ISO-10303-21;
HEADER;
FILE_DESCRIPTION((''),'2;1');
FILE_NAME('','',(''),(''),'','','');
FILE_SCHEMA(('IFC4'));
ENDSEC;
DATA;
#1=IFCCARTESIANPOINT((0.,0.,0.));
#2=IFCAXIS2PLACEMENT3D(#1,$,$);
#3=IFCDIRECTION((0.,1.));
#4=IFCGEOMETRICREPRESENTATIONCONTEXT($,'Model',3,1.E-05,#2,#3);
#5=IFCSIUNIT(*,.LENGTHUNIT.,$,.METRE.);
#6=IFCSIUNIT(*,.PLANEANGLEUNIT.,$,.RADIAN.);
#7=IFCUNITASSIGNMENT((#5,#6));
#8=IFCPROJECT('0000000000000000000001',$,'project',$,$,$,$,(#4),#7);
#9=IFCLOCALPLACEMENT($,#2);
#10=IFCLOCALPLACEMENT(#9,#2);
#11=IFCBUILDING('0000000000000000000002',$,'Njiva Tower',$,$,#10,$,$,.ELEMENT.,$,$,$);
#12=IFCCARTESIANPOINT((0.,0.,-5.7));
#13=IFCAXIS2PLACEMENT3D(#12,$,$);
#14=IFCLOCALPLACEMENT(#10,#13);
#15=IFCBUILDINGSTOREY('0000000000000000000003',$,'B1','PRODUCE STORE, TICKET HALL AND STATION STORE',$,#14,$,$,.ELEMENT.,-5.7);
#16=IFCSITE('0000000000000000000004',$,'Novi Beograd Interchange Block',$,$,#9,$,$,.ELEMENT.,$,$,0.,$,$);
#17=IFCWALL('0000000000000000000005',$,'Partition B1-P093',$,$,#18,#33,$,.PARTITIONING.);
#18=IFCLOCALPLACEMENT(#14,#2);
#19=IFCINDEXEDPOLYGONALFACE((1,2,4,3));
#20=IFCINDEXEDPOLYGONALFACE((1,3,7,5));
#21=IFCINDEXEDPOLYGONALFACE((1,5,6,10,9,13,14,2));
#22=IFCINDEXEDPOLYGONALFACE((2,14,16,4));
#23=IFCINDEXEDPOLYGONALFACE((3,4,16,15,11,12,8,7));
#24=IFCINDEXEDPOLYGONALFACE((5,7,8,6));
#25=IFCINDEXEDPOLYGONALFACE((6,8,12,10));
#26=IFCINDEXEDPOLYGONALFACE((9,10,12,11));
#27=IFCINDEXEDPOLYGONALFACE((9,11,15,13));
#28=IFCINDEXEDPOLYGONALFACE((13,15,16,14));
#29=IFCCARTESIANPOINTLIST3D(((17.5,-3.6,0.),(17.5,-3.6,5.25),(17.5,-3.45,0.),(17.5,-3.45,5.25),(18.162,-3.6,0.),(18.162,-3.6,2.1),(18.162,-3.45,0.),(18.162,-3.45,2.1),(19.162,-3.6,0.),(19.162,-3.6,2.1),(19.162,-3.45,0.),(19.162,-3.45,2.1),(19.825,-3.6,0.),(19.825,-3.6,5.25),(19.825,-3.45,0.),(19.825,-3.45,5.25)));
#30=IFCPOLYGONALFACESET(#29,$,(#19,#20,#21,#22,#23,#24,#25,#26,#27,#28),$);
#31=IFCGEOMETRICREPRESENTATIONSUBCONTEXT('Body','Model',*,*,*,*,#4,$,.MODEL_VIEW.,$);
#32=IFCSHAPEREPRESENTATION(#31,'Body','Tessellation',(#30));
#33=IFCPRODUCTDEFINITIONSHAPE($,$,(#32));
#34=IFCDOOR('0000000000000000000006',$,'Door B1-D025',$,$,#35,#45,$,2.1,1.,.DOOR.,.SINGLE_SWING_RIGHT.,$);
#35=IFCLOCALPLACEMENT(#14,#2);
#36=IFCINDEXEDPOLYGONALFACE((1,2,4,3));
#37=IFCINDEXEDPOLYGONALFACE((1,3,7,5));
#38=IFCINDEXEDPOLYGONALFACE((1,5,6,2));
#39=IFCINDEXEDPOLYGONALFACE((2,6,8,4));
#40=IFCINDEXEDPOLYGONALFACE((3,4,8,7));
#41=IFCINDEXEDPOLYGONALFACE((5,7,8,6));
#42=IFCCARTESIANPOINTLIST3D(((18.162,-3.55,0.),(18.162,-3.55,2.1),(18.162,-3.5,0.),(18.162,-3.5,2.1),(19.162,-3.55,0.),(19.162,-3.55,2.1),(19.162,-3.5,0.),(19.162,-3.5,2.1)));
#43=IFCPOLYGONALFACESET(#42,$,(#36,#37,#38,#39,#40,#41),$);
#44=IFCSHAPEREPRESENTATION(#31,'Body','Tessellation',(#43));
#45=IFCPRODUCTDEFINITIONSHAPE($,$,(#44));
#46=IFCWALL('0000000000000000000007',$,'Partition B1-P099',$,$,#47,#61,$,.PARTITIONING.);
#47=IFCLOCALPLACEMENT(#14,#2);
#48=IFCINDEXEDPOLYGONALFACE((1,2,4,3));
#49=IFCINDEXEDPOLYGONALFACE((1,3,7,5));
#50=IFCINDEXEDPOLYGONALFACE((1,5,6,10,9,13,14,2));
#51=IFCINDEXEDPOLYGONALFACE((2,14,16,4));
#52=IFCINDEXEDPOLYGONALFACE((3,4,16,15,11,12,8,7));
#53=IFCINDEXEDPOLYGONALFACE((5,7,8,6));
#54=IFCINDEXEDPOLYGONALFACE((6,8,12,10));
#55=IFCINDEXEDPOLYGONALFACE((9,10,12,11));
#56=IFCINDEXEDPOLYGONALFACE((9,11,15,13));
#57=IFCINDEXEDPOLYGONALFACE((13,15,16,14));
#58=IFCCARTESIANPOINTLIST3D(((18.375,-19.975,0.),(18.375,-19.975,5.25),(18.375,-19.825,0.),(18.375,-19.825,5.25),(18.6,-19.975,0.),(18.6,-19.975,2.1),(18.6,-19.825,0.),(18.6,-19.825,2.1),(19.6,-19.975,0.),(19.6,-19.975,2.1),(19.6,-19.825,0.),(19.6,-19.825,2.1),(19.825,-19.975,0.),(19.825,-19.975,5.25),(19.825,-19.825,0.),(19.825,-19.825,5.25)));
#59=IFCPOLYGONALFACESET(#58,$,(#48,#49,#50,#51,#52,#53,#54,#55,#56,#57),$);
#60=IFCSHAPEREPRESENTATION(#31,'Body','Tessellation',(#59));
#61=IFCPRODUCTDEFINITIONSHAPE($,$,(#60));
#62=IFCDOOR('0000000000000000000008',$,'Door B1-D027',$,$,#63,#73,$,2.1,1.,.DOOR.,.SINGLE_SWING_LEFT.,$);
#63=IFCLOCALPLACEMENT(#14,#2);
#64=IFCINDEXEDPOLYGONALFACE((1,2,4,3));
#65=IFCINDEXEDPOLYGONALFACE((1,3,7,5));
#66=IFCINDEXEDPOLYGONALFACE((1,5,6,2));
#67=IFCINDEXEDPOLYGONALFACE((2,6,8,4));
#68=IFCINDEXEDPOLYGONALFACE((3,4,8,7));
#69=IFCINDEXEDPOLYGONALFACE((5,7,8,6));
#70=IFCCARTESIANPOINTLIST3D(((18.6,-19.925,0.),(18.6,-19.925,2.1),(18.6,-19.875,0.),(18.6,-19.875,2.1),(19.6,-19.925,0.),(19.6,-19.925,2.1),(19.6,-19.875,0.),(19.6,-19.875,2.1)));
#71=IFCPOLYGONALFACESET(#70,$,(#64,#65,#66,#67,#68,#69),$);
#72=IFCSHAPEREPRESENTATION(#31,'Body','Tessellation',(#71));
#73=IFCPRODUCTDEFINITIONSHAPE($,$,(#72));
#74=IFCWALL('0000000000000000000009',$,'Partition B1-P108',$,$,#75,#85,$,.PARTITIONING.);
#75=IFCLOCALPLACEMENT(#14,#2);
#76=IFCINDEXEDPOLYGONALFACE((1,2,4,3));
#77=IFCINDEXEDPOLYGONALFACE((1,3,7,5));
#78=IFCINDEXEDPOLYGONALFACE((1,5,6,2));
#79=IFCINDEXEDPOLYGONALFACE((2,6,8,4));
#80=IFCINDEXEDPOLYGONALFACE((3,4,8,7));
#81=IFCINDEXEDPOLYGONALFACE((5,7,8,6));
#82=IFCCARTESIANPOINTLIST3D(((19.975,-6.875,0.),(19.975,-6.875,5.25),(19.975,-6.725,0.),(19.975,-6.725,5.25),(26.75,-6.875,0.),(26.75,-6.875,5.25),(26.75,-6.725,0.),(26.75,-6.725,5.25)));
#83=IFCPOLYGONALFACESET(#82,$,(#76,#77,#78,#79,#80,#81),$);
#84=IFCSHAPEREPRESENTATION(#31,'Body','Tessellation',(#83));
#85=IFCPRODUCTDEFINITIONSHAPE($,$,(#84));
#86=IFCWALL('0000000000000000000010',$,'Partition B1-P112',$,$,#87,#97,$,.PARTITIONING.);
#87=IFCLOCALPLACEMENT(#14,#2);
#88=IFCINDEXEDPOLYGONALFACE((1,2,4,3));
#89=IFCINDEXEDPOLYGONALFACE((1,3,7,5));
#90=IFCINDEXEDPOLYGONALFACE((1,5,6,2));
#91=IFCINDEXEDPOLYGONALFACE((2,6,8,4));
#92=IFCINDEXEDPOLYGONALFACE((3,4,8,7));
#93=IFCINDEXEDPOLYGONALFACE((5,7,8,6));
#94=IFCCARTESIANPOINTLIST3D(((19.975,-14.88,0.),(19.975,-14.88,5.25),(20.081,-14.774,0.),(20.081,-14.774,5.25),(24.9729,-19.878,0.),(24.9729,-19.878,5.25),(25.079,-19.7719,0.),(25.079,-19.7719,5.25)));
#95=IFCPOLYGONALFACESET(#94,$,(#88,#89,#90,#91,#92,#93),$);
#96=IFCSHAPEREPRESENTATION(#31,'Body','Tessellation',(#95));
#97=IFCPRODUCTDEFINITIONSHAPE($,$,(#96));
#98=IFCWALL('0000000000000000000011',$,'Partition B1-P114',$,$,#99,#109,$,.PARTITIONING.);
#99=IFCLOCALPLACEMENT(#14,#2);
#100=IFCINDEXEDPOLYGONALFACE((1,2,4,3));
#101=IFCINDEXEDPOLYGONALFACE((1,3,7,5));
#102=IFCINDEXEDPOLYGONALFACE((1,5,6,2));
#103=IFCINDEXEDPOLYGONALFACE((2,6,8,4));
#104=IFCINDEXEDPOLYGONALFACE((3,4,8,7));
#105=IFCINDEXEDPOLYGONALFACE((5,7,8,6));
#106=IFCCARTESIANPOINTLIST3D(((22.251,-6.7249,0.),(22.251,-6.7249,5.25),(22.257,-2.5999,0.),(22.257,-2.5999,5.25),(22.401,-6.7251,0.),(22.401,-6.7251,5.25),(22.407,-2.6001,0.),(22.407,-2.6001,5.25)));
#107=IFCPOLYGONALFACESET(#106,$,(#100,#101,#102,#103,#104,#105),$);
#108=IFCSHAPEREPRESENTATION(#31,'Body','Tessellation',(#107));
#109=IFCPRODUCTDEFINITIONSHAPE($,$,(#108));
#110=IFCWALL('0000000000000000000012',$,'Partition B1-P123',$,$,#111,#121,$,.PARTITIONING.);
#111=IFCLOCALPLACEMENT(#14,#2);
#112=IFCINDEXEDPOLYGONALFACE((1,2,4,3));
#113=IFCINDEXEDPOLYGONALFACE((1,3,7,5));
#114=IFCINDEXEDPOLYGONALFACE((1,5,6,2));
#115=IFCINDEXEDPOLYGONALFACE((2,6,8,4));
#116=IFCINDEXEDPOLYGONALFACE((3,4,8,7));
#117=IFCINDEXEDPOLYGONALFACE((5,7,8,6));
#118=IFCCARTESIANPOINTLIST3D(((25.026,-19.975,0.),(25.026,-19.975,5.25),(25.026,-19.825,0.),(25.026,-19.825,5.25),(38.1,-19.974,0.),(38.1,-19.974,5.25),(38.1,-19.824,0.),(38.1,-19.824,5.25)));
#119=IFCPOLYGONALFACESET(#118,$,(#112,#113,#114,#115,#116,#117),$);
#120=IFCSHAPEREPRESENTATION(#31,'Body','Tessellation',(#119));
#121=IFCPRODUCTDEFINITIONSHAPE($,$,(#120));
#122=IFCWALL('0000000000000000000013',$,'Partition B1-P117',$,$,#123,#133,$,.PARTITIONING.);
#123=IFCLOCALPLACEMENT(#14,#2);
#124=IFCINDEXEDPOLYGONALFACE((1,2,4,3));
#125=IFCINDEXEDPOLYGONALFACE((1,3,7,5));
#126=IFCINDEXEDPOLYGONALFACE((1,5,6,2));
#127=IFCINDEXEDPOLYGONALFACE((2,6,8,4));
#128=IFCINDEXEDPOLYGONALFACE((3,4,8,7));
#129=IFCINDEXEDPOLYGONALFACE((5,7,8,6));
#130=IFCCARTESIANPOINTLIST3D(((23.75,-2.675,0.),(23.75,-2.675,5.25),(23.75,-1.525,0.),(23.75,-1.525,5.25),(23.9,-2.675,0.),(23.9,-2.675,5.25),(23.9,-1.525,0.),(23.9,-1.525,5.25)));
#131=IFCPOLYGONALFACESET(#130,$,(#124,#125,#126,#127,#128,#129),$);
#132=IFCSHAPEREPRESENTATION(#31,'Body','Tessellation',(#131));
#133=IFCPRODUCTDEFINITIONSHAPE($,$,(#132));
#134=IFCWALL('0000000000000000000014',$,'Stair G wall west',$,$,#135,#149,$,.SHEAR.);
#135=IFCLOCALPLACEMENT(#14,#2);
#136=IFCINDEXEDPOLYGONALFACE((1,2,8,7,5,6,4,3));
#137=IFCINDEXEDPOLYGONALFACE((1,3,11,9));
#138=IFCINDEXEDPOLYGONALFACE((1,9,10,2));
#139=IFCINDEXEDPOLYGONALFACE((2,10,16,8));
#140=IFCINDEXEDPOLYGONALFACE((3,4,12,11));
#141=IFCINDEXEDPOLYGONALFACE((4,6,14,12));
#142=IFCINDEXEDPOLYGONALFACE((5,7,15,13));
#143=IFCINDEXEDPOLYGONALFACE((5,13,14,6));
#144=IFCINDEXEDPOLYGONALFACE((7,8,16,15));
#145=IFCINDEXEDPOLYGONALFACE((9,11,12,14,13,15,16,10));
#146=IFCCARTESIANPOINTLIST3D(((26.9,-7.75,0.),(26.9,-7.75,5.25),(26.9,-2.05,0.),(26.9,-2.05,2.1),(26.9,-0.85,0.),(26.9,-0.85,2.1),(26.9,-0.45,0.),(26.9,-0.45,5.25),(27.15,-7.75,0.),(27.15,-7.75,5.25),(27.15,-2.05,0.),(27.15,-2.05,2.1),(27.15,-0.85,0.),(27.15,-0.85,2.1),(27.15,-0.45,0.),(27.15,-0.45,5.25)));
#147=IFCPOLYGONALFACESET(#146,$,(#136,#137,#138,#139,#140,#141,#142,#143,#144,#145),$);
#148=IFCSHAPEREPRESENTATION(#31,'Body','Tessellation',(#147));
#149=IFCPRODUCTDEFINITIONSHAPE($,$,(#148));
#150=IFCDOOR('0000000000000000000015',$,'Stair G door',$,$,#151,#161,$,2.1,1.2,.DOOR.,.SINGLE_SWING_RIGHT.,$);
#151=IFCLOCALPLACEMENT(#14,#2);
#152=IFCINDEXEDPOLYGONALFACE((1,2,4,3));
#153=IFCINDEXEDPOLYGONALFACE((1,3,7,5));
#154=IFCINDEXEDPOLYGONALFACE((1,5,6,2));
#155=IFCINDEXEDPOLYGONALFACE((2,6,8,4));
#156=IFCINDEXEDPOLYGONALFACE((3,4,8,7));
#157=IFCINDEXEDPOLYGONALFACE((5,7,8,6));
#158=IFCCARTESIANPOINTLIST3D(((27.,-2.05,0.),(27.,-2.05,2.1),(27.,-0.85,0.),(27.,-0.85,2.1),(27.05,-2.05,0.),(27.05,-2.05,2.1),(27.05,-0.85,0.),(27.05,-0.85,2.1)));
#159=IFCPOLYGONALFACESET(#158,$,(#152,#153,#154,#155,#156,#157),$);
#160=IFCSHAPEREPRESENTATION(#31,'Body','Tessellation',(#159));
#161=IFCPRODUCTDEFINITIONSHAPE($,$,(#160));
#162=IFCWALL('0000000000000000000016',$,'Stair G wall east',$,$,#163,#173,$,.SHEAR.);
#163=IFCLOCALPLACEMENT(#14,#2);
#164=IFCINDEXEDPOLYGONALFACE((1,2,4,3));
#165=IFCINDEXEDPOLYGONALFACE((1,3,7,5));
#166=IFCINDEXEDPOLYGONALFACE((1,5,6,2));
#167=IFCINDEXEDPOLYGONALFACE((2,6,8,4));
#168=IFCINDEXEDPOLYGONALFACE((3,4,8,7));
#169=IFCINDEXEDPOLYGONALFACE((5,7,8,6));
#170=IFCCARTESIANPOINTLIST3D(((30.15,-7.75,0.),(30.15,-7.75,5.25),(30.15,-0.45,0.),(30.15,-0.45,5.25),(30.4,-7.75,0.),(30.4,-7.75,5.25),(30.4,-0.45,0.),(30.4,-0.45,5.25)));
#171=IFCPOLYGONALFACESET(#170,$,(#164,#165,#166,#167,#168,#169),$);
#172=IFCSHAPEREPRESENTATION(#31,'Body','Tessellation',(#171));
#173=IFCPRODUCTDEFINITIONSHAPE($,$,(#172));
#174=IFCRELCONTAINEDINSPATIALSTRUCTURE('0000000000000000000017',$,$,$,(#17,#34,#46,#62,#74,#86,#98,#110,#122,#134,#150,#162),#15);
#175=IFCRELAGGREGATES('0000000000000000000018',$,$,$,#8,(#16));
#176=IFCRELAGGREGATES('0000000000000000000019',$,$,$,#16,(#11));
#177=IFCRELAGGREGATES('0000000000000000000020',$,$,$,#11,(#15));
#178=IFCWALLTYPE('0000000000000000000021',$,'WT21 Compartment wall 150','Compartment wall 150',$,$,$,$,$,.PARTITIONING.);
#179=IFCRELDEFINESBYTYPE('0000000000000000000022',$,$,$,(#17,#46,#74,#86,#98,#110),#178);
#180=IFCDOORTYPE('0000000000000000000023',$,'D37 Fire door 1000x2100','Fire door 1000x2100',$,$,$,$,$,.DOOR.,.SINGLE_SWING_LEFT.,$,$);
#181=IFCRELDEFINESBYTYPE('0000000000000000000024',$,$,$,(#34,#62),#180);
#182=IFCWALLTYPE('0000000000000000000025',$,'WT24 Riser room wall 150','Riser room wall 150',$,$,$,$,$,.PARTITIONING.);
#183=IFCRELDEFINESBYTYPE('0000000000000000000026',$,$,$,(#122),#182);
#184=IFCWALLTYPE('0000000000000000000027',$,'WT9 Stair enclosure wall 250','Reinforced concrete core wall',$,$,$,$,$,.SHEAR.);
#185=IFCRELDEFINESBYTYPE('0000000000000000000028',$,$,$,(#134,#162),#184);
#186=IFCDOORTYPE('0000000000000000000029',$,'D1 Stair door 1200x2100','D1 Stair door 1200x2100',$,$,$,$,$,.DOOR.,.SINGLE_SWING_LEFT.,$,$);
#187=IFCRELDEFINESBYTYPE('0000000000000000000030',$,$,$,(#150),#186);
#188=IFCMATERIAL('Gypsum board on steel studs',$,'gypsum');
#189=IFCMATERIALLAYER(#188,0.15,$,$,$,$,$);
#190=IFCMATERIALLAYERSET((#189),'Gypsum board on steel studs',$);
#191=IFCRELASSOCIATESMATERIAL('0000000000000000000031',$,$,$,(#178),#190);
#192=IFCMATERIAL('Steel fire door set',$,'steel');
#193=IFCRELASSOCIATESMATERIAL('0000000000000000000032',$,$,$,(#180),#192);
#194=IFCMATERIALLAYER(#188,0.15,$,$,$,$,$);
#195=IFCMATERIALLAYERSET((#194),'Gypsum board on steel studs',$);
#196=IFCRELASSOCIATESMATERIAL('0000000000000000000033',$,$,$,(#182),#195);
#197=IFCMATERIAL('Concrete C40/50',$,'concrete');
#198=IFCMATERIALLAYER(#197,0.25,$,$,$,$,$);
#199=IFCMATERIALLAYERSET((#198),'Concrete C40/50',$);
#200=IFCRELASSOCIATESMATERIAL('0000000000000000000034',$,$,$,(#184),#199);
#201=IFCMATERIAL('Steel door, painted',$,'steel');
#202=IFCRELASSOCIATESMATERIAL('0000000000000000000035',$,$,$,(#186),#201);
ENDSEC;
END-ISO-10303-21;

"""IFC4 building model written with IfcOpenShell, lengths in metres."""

from ifc_helpers import new_model, si_unit, direction, frame, frame_2d, origin, place, context, subcontext, project, spatial, rectangle, extrude, material, layer, layer_set, type_object, element, fill, save


model = new_model("IFC4")

# Units and contexts
model_context = context("Model", 3, precision=1e-05, world=origin(), true_north=direction((0.0, 1.0)))
body_context = subcontext(model_context, "Body", "Model", "MODEL_VIEW")
ifc_project = project(units=[si_unit("LENGTHUNIT", "METRE"), si_unit("PLANEANGLEUNIT", "RADIAN")], contexts=[model_context])

# Site, building, storey
site_placement = place(None, origin())
site = spatial("IfcSite", under=ifc_project, at=site_placement, Name="Novi Beograd Interchange Block", CompositionType="ELEMENT", RefElevation=0.0)
building_placement = place(site_placement, origin())
building = spatial("IfcBuilding", under=site, at=building_placement, Name="Njiva Tower", CompositionType="ELEMENT")
storey_placement = place(building_placement, frame((0.0, 0.0, -5.7)))
storey = spatial("IfcBuildingStorey", under=building, at=storey_placement, Name="B1", Description="PRODUCE STORE, TICKET HALL AND STATION STORE", CompositionType="ELEMENT", Elevation=-5.7)

# Shared definitions
ifc_material_1 = material(Name="Gypsum board on steel studs", Category="gypsum")
ifc_layer_1 = layer(ifc_material_1, 0.15)
ifc_layer_set_1 = layer_set([ifc_layer_1], Name="Gypsum board on steel studs")
wall_type_1 = type_object("IfcWallType", Name="WT21 Compartment wall 150", Description="Compartment wall 150", PredefinedType="PARTITIONING", material=ifc_layer_set_1)

# Walls, openings, doors
ifc_material_2 = material(Name="Steel fire door set", Category="steel")
door_type_1 = type_object("IfcDoorType", Name="D37 Fire door 1000x2100", Description="Fire door 1000x2100", OperationType="SINGLE_SWING_LEFT", PredefinedType="DOOR", material=ifc_material_2)
wall_1_placement = place(storey_placement, frame((17.5, -3.525, 0.0), z_axis=(0.0, 0.0, 1.0), x_axis=(1.0, 0.0, 0.0)))
wall_1 = element("IfcWall", 1, at=wall_1_placement, inside=storey, type_object=wall_type_1, Name="Partition B1-P093", PredefinedType="PARTITIONING", context=body_context, shape_type="SweptSolid", body=[
    extrude(rectangle(XDim=2.325, YDim=0.15, at=frame_2d((1.1625, 0.0))), origin(), (0.0, 0.0, 1.0), 5.25),
])
opening_1_placement = place(wall_1_placement, frame((0.662, 0.0, 0.0)))
opening_1 = element("IfcOpeningElement", 2, at=opening_1_placement, cuts=wall_1, PredefinedType="OPENING", context=body_context, shape_type="SweptSolid", body=[
    extrude(rectangle(XDim=1.0, YDim=2.1, at=frame_2d((0.5, 1.05))), frame((0.0, 0.085, 0.0), z_axis=(0.0, -1.0, 0.0), x_axis=(1.0, 0.0, 0.0)), (0.0, 0.0, 1.0), 0.17),
])
door_1_placement = place(opening_1_placement, origin())
door_1 = element("IfcDoor", 3, at=door_1_placement, inside=storey, type_object=door_type_1, Name="Door B1-D025", OperationType="SINGLE_SWING_RIGHT", OverallHeight=2.1, OverallWidth=1.0, PredefinedType="DOOR", context=body_context, shape_type="SweptSolid", body=[
    extrude(rectangle(XDim=1.0, YDim=2.1, at=frame_2d((0.5, 1.05))), frame((0.0, 0.025, 0.0), z_axis=(0.0, -1.0, 0.0), x_axis=(1.0, 0.0, 0.0)), (0.0, 0.0, 1.0), 0.05),
])
fill(opening_1, door_1)
wall_2_placement = place(storey_placement, frame((18.375, -19.9, 0.0), z_axis=(0.0, 0.0, 1.0), x_axis=(1.0, 0.0, 0.0)))
wall_2 = element("IfcWall", 4, at=wall_2_placement, inside=storey, type_object=wall_type_1, Name="Partition B1-P099", PredefinedType="PARTITIONING", context=body_context, shape_type="SweptSolid", body=[
    extrude(rectangle(XDim=1.45, YDim=0.15, at=frame_2d((0.725, 0.0))), origin(), (0.0, 0.0, 1.0), 5.25),
])
opening_2_placement = place(wall_2_placement, frame((0.225, 0.0, 0.0)))
opening_2 = element("IfcOpeningElement", 5, at=opening_2_placement, cuts=wall_2, PredefinedType="OPENING", context=body_context, shape_type="SweptSolid", body=[
    extrude(rectangle(XDim=1.0, YDim=2.1, at=frame_2d((0.5, 1.05))), frame((0.0, 0.085, 0.0), z_axis=(0.0, -1.0, 0.0), x_axis=(1.0, 0.0, 0.0)), (0.0, 0.0, 1.0), 0.17),
])
door_2_placement = place(opening_2_placement, origin())
door_2 = element("IfcDoor", 6, at=door_2_placement, inside=storey, type_object=door_type_1, Name="Door B1-D027", OperationType="SINGLE_SWING_LEFT", OverallHeight=2.1, OverallWidth=1.0, PredefinedType="DOOR", context=body_context, shape_type="SweptSolid", body=[
    extrude(rectangle(XDim=1.0, YDim=2.1, at=frame_2d((0.5, 1.05))), frame((0.0, 0.025, 0.0), z_axis=(0.0, -1.0, 0.0), x_axis=(1.0, 0.0, 0.0)), (0.0, 0.0, 1.0), 0.05),
])
fill(opening_2, door_2)

# Walls
wall_3_placement = place(storey_placement, frame((19.975, -6.8, 0.0), z_axis=(0.0, 0.0, 1.0), x_axis=(1.0, 0.0, 0.0)))
element("IfcWall", 7, at=wall_3_placement, inside=storey, type_object=wall_type_1, Name="Partition B1-P108", PredefinedType="PARTITIONING", context=body_context, shape_type="SweptSolid", body=[
    extrude(rectangle(XDim=6.775, YDim=0.15, at=frame_2d((3.3875, 0.0))), origin(), (0.0, 0.0, 1.0), 5.25),
])
wall_4_placement = place(storey_placement, frame((20.028, -14.827, 0.0), z_axis=(0.0, 0.0, 1.0), x_axis=(0.707107, -0.707107, 0.0)))
element("IfcWall", 8, at=wall_4_placement, inside=storey, type_object=wall_type_1, Name="Partition B1-P112", PredefinedType="PARTITIONING", context=body_context, shape_type="SweptSolid", body=[
    extrude(rectangle(XDim=7.0682, YDim=0.15, at=frame_2d((3.5341, 0.0))), origin(), (0.0, 0.0, 1.0), 5.25),
])
wall_5_placement = place(storey_placement, frame((22.326, -6.725, 0.0), z_axis=(0.0, 0.0, 1.0), x_axis=(0.001455, 0.999999, 0.0)))
element("IfcWall", 9, at=wall_5_placement, inside=storey, type_object=wall_type_1, Name="Partition B1-P114", PredefinedType="PARTITIONING", context=body_context, shape_type="SweptSolid", body=[
    extrude(rectangle(XDim=4.125, YDim=0.15, at=frame_2d((2.0625, 0.0))), origin(), (0.0, 0.0, 1.0), 5.25),
])
wall_6_placement = place(storey_placement, frame((25.026, -19.9, 0.0), z_axis=(0.0, 0.0, 1.0), x_axis=(1.0, 0.000076, 0.0)))
element("IfcWall", 10, at=wall_6_placement, inside=storey, type_object=wall_type_1, Name="Partition B1-P123", PredefinedType="PARTITIONING", context=body_context, shape_type="SweptSolid", body=[
    extrude(rectangle(XDim=13.074, YDim=0.15, at=frame_2d((6.537, 0.0))), origin(), (0.0, 0.0, 1.0), 5.25),
])
ifc_layer_2 = layer(ifc_material_1, 0.15)
ifc_layer_set_2 = layer_set([ifc_layer_2], Name="Gypsum board on steel studs")
wall_type_2 = type_object("IfcWallType", Name="WT24 Riser room wall 150", Description="Riser room wall 150", PredefinedType="PARTITIONING", material=ifc_layer_set_2)
wall_7_placement = place(storey_placement, frame((23.825, -2.675, 0.0), z_axis=(0.0, 0.0, 1.0), x_axis=(0.0, 1.0, 0.0)))
element("IfcWall", 11, at=wall_7_placement, inside=storey, type_object=wall_type_2, Name="Partition B1-P117", PredefinedType="PARTITIONING", context=body_context, shape_type="SweptSolid", body=[
    extrude(rectangle(XDim=1.15, YDim=0.15, at=frame_2d((0.575, 0.0))), origin(), (0.0, 0.0, 1.0), 5.25),
])

# Wall, opening, door
ifc_material_3 = material(Name="Concrete C40/50", Category="concrete")
ifc_layer_3 = layer(ifc_material_3, 0.25)
ifc_layer_set_3 = layer_set([ifc_layer_3], Name="Concrete C40/50")
wall_type_3 = type_object("IfcWallType", Name="WT9 Stair enclosure wall 250", Description="Reinforced concrete core wall", PredefinedType="SHEAR", material=ifc_layer_set_3)
wall_8_placement = place(storey_placement, frame((27.025, -7.75, 0.0), z_axis=(0.0, 0.0, 1.0), x_axis=(0.0, 1.0, 0.0)))
wall_8 = element("IfcWall", 12, at=wall_8_placement, inside=storey, type_object=wall_type_3, Name="Stair G wall west", PredefinedType="SHEAR", context=body_context, shape_type="SweptSolid", body=[
    extrude(rectangle(XDim=7.3, YDim=0.25, at=frame_2d((3.65, 0.0))), origin(), (0.0, 0.0, 1.0), 5.25),
])
opening_3_placement = place(wall_8_placement, frame((5.7, 0.0, 0.0)))
opening_3 = element("IfcOpeningElement", 13, at=opening_3_placement, cuts=wall_8, PredefinedType="OPENING", context=body_context, shape_type="SweptSolid", body=[
    extrude(rectangle(XDim=1.2, YDim=2.1, at=frame_2d((0.6, 1.05))), frame((0.0, 0.135, 0.0), z_axis=(0.0, -1.0, 0.0), x_axis=(1.0, 0.0, 0.0)), (0.0, 0.0, 1.0), 0.27),
])
ifc_material_4 = material(Name="Steel door, painted", Category="steel")
door_type_2 = type_object("IfcDoorType", Name="D1 Stair door 1200x2100", Description="D1 Stair door 1200x2100", OperationType="SINGLE_SWING_LEFT", PredefinedType="DOOR", material=ifc_material_4)
door_3_placement = place(opening_3_placement, origin())
door_3 = element("IfcDoor", 14, at=door_3_placement, inside=storey, type_object=door_type_2, Name="Stair G door", OperationType="SINGLE_SWING_RIGHT", OverallHeight=2.1, OverallWidth=1.2, PredefinedType="DOOR", context=body_context, shape_type="SweptSolid", body=[
    extrude(rectangle(XDim=1.2, YDim=2.1, at=frame_2d((0.6, 1.05))), frame((0.0, 0.025, 0.0), z_axis=(0.0, -1.0, 0.0), x_axis=(1.0, 0.0, 0.0)), (0.0, 0.0, 1.0), 0.05),
])
fill(opening_3, door_3)

# Wall
wall_9_placement = place(storey_placement, frame((30.275, -7.75, 0.0), z_axis=(0.0, 0.0, 1.0), x_axis=(0.0, 1.0, 0.0)))
element("IfcWall", 15, at=wall_9_placement, inside=storey, type_object=wall_type_3, Name="Stair G wall east", PredefinedType="SHEAR", context=body_context, shape_type="SweptSolid", body=[
    extrude(rectangle(XDim=7.3, YDim=0.25, at=frame_2d((3.65, 0.0))), origin(), (0.0, 0.0, 1.0), 5.25),
])

save(model, "model.ifc")
